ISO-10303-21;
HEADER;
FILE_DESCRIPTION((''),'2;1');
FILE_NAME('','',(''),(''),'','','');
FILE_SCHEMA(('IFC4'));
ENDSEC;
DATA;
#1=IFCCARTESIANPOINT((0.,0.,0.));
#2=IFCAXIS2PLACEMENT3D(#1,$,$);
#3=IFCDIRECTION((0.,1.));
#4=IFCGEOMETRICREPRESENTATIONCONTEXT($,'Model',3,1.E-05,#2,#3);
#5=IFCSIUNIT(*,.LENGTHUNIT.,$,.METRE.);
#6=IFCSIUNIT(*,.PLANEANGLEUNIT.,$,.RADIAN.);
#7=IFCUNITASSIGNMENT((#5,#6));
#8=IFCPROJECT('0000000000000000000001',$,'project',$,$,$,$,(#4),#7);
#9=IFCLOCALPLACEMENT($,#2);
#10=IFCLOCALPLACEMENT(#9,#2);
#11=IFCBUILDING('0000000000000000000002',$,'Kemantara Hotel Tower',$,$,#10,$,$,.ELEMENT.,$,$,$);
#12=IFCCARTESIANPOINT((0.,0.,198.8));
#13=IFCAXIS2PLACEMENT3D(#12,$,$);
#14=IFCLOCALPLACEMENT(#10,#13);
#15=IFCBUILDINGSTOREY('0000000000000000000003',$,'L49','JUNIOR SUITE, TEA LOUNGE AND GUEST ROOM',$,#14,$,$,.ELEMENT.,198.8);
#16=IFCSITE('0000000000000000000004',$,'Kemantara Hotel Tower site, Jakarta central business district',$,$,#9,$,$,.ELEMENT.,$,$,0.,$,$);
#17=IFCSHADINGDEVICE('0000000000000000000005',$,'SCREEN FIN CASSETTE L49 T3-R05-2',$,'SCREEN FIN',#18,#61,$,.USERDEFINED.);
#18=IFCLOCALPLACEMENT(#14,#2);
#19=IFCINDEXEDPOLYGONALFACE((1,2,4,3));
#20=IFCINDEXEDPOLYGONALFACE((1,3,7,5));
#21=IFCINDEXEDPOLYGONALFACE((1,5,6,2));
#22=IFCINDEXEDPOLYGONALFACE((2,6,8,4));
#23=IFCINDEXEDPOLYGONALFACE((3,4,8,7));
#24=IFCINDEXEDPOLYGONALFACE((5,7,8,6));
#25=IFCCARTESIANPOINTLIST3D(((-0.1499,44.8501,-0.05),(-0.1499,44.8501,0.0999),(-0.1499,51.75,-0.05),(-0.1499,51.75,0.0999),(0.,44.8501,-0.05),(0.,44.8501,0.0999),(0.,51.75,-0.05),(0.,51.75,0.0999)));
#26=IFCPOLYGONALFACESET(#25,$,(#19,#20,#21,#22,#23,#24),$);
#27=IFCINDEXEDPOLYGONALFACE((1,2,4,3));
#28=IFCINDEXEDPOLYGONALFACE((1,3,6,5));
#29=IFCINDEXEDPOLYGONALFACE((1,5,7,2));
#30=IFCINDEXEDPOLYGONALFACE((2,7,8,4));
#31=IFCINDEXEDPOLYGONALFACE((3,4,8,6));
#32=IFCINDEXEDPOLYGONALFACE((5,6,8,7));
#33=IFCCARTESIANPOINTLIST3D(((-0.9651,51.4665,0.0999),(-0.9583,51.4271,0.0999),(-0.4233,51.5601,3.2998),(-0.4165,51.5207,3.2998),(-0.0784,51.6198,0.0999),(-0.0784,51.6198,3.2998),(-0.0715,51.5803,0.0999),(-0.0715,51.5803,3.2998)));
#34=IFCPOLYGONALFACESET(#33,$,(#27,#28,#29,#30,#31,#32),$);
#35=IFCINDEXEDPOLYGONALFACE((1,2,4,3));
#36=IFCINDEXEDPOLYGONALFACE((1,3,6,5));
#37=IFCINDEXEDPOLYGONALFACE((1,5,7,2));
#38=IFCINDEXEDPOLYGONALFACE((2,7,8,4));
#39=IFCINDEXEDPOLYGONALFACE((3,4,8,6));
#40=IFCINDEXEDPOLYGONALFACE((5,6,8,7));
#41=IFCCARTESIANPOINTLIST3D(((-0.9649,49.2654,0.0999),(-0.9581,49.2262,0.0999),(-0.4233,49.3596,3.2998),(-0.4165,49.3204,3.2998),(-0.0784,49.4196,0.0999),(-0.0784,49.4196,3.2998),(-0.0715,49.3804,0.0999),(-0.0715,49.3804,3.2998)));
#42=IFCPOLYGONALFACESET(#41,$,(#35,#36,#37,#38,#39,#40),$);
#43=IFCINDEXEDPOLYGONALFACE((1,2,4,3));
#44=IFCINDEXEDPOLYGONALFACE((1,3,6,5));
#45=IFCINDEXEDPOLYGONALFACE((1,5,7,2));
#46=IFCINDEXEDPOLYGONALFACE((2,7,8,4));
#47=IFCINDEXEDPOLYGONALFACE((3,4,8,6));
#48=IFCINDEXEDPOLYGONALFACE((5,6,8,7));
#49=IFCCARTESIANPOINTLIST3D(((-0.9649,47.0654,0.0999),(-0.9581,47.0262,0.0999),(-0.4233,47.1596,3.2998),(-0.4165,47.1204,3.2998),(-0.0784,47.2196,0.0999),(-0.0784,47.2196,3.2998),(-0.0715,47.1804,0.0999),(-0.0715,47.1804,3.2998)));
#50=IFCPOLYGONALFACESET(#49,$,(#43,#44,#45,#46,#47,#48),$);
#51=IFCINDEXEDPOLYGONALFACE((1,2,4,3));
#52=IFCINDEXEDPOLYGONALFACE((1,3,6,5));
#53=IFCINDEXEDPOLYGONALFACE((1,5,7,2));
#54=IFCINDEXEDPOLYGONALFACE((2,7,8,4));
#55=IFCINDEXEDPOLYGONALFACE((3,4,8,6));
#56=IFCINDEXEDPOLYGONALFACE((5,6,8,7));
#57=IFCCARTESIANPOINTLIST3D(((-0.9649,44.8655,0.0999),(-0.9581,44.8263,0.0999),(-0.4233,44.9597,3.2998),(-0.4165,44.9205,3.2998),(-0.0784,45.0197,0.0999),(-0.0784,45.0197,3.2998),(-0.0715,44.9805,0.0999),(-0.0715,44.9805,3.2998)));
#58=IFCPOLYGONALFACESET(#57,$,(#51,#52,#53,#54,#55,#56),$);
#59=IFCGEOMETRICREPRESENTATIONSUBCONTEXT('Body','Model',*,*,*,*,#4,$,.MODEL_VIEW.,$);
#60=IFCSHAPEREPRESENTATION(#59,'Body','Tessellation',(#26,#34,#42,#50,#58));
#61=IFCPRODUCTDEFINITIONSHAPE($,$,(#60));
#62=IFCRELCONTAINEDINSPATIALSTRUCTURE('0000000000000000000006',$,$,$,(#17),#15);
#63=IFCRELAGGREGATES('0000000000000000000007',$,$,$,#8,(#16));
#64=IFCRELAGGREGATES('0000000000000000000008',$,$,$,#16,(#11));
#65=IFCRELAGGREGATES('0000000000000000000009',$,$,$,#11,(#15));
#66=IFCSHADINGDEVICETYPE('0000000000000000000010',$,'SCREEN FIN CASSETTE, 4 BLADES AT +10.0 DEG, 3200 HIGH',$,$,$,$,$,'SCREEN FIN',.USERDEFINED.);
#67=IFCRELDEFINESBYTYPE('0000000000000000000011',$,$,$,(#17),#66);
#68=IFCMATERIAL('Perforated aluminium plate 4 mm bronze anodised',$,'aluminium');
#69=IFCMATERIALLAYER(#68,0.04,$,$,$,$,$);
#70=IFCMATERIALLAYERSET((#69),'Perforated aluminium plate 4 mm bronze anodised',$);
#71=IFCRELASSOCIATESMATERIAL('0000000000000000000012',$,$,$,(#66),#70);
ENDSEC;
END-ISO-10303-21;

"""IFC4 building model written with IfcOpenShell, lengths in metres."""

from ifc_helpers import new_model, si_unit, direction, frame, origin, origin_2d, place, context, subcontext, project, spatial, polyline, rectangle, outline, extrude, source, transform, mapped, material, layer, layer_set, type_object, element, save


model = new_model("IFC4")

# Units and contexts
model_context = context("Model", 3, precision=1e-05, world=origin(), true_north=direction((0.0, 1.0)))
body_context = subcontext(model_context, "Body", "Model", "MODEL_VIEW")
ifc_project = project(units=[si_unit("LENGTHUNIT", "METRE"), si_unit("PLANEANGLEUNIT", "RADIAN")], contexts=[model_context])

# Site, building, storey
site_placement = place(None, origin())
site = spatial("IfcSite", under=ifc_project, at=site_placement, Name="Kemantara Hotel Tower site, Jakarta central business district", CompositionType="ELEMENT", RefElevation=0.0)
building_placement = place(site_placement, origin())
building = spatial("IfcBuilding", under=site, at=building_placement, Name="Kemantara Hotel Tower", CompositionType="ELEMENT")
storey_placement = place(building_placement, frame((0.0, 0.0, 198.8)))
storey = spatial("IfcBuildingStorey", under=building, at=storey_placement, Name="L49", Description="JUNIOR SUITE, TEA LOUNGE AND GUEST ROOM", CompositionType="ELEMENT", Elevation=198.8)

# Shading device
ifc_material_1 = material(Name="Perforated aluminium plate 4 mm bronze anodised", Category="aluminium")
ifc_layer_1 = layer(ifc_material_1, 0.04)
ifc_layer_set_1 = layer_set([ifc_layer_1], Name="Perforated aluminium plate 4 mm bronze anodised")
shading_device_type = type_object("IfcShadingDeviceType", Name="SCREEN FIN CASSETTE, 4 BLADES AT +10.0 DEG, 3200 HIGH", ElementType="SCREEN FIN", PredefinedType="USERDEFINED", material=ifc_layer_set_1)
shared_shape_1 = source(origin(), body_context, "Body", "SweptSolid", [
    extrude(rectangle(XDim=6.8999, YDim=0.1499, at=origin_2d()), frame((3.3, -0.075, -0.1499), z_axis=(0.0, 0.0, 1.0), x_axis=(1.0, 0.0, 0.0)), (0.0, 0.0, 1.0), 0.1499),
    extrude(outline(polyline([(0.0, 0.0), (0.8999, 0.0), (0.3501, 3.2), (0.0, 3.2), (0.0, 0.0)])), frame((0.0198, -0.0715, 0.0), z_axis=(-0.98539, -0.170314, 0.0), x_axis=(0.170314, -0.98539, 0.0)), (0.0, 0.0, 1.0), 0.04),
    extrude(outline(polyline([(0.0, 0.0), (0.8999, 0.0), (0.3501, 3.2), (0.0, 3.2), (0.0, 0.0)])), frame((2.2197, -0.0715, 0.0), z_axis=(-0.985212, -0.171341, 0.0), x_axis=(0.171341, -0.985212, 0.0)), (0.0, 0.0, 1.0), 0.0398),
    extrude(outline(polyline([(0.0, 0.0), (0.8999, 0.0), (0.3501, 3.2), (0.0, 3.2), (0.0, 0.0)])), frame((4.4197, -0.0715, 0.0), z_axis=(-0.985212, -0.171341, 0.0), x_axis=(0.171341, -0.985212, 0.0)), (0.0, 0.0, 1.0), 0.0398),
    extrude(outline(polyline([(0.0, 0.0), (0.8999, 0.0), (0.3501, 3.2), (0.0, 3.2), (0.0, 0.0)])), frame((6.6196, -0.0715, 0.0), z_axis=(-0.985212, -0.171341, 0.0), x_axis=(0.171341, -0.985212, 0.0)), (0.0, 0.0, 1.0), 0.0398),
])
shading_device_placement = place(storey_placement, frame((0.0, 51.6001, 0.0999), z_axis=(0.0, 0.0, 1.0), x_axis=(0.0, -1.0, 0.0)))
element("IfcShadingDevice", 1, at=shading_device_placement, inside=storey, type_object=shading_device_type, Name="SCREEN FIN CASSETTE L49 T3-R05-2", ObjectType="SCREEN FIN", PredefinedType="USERDEFINED", context=body_context, shape_type="MappedRepresentation", body=[
    mapped(shared_shape_1, transform((0.0, 0.0, 0.0))),
])

save(model, "model.ifc")
